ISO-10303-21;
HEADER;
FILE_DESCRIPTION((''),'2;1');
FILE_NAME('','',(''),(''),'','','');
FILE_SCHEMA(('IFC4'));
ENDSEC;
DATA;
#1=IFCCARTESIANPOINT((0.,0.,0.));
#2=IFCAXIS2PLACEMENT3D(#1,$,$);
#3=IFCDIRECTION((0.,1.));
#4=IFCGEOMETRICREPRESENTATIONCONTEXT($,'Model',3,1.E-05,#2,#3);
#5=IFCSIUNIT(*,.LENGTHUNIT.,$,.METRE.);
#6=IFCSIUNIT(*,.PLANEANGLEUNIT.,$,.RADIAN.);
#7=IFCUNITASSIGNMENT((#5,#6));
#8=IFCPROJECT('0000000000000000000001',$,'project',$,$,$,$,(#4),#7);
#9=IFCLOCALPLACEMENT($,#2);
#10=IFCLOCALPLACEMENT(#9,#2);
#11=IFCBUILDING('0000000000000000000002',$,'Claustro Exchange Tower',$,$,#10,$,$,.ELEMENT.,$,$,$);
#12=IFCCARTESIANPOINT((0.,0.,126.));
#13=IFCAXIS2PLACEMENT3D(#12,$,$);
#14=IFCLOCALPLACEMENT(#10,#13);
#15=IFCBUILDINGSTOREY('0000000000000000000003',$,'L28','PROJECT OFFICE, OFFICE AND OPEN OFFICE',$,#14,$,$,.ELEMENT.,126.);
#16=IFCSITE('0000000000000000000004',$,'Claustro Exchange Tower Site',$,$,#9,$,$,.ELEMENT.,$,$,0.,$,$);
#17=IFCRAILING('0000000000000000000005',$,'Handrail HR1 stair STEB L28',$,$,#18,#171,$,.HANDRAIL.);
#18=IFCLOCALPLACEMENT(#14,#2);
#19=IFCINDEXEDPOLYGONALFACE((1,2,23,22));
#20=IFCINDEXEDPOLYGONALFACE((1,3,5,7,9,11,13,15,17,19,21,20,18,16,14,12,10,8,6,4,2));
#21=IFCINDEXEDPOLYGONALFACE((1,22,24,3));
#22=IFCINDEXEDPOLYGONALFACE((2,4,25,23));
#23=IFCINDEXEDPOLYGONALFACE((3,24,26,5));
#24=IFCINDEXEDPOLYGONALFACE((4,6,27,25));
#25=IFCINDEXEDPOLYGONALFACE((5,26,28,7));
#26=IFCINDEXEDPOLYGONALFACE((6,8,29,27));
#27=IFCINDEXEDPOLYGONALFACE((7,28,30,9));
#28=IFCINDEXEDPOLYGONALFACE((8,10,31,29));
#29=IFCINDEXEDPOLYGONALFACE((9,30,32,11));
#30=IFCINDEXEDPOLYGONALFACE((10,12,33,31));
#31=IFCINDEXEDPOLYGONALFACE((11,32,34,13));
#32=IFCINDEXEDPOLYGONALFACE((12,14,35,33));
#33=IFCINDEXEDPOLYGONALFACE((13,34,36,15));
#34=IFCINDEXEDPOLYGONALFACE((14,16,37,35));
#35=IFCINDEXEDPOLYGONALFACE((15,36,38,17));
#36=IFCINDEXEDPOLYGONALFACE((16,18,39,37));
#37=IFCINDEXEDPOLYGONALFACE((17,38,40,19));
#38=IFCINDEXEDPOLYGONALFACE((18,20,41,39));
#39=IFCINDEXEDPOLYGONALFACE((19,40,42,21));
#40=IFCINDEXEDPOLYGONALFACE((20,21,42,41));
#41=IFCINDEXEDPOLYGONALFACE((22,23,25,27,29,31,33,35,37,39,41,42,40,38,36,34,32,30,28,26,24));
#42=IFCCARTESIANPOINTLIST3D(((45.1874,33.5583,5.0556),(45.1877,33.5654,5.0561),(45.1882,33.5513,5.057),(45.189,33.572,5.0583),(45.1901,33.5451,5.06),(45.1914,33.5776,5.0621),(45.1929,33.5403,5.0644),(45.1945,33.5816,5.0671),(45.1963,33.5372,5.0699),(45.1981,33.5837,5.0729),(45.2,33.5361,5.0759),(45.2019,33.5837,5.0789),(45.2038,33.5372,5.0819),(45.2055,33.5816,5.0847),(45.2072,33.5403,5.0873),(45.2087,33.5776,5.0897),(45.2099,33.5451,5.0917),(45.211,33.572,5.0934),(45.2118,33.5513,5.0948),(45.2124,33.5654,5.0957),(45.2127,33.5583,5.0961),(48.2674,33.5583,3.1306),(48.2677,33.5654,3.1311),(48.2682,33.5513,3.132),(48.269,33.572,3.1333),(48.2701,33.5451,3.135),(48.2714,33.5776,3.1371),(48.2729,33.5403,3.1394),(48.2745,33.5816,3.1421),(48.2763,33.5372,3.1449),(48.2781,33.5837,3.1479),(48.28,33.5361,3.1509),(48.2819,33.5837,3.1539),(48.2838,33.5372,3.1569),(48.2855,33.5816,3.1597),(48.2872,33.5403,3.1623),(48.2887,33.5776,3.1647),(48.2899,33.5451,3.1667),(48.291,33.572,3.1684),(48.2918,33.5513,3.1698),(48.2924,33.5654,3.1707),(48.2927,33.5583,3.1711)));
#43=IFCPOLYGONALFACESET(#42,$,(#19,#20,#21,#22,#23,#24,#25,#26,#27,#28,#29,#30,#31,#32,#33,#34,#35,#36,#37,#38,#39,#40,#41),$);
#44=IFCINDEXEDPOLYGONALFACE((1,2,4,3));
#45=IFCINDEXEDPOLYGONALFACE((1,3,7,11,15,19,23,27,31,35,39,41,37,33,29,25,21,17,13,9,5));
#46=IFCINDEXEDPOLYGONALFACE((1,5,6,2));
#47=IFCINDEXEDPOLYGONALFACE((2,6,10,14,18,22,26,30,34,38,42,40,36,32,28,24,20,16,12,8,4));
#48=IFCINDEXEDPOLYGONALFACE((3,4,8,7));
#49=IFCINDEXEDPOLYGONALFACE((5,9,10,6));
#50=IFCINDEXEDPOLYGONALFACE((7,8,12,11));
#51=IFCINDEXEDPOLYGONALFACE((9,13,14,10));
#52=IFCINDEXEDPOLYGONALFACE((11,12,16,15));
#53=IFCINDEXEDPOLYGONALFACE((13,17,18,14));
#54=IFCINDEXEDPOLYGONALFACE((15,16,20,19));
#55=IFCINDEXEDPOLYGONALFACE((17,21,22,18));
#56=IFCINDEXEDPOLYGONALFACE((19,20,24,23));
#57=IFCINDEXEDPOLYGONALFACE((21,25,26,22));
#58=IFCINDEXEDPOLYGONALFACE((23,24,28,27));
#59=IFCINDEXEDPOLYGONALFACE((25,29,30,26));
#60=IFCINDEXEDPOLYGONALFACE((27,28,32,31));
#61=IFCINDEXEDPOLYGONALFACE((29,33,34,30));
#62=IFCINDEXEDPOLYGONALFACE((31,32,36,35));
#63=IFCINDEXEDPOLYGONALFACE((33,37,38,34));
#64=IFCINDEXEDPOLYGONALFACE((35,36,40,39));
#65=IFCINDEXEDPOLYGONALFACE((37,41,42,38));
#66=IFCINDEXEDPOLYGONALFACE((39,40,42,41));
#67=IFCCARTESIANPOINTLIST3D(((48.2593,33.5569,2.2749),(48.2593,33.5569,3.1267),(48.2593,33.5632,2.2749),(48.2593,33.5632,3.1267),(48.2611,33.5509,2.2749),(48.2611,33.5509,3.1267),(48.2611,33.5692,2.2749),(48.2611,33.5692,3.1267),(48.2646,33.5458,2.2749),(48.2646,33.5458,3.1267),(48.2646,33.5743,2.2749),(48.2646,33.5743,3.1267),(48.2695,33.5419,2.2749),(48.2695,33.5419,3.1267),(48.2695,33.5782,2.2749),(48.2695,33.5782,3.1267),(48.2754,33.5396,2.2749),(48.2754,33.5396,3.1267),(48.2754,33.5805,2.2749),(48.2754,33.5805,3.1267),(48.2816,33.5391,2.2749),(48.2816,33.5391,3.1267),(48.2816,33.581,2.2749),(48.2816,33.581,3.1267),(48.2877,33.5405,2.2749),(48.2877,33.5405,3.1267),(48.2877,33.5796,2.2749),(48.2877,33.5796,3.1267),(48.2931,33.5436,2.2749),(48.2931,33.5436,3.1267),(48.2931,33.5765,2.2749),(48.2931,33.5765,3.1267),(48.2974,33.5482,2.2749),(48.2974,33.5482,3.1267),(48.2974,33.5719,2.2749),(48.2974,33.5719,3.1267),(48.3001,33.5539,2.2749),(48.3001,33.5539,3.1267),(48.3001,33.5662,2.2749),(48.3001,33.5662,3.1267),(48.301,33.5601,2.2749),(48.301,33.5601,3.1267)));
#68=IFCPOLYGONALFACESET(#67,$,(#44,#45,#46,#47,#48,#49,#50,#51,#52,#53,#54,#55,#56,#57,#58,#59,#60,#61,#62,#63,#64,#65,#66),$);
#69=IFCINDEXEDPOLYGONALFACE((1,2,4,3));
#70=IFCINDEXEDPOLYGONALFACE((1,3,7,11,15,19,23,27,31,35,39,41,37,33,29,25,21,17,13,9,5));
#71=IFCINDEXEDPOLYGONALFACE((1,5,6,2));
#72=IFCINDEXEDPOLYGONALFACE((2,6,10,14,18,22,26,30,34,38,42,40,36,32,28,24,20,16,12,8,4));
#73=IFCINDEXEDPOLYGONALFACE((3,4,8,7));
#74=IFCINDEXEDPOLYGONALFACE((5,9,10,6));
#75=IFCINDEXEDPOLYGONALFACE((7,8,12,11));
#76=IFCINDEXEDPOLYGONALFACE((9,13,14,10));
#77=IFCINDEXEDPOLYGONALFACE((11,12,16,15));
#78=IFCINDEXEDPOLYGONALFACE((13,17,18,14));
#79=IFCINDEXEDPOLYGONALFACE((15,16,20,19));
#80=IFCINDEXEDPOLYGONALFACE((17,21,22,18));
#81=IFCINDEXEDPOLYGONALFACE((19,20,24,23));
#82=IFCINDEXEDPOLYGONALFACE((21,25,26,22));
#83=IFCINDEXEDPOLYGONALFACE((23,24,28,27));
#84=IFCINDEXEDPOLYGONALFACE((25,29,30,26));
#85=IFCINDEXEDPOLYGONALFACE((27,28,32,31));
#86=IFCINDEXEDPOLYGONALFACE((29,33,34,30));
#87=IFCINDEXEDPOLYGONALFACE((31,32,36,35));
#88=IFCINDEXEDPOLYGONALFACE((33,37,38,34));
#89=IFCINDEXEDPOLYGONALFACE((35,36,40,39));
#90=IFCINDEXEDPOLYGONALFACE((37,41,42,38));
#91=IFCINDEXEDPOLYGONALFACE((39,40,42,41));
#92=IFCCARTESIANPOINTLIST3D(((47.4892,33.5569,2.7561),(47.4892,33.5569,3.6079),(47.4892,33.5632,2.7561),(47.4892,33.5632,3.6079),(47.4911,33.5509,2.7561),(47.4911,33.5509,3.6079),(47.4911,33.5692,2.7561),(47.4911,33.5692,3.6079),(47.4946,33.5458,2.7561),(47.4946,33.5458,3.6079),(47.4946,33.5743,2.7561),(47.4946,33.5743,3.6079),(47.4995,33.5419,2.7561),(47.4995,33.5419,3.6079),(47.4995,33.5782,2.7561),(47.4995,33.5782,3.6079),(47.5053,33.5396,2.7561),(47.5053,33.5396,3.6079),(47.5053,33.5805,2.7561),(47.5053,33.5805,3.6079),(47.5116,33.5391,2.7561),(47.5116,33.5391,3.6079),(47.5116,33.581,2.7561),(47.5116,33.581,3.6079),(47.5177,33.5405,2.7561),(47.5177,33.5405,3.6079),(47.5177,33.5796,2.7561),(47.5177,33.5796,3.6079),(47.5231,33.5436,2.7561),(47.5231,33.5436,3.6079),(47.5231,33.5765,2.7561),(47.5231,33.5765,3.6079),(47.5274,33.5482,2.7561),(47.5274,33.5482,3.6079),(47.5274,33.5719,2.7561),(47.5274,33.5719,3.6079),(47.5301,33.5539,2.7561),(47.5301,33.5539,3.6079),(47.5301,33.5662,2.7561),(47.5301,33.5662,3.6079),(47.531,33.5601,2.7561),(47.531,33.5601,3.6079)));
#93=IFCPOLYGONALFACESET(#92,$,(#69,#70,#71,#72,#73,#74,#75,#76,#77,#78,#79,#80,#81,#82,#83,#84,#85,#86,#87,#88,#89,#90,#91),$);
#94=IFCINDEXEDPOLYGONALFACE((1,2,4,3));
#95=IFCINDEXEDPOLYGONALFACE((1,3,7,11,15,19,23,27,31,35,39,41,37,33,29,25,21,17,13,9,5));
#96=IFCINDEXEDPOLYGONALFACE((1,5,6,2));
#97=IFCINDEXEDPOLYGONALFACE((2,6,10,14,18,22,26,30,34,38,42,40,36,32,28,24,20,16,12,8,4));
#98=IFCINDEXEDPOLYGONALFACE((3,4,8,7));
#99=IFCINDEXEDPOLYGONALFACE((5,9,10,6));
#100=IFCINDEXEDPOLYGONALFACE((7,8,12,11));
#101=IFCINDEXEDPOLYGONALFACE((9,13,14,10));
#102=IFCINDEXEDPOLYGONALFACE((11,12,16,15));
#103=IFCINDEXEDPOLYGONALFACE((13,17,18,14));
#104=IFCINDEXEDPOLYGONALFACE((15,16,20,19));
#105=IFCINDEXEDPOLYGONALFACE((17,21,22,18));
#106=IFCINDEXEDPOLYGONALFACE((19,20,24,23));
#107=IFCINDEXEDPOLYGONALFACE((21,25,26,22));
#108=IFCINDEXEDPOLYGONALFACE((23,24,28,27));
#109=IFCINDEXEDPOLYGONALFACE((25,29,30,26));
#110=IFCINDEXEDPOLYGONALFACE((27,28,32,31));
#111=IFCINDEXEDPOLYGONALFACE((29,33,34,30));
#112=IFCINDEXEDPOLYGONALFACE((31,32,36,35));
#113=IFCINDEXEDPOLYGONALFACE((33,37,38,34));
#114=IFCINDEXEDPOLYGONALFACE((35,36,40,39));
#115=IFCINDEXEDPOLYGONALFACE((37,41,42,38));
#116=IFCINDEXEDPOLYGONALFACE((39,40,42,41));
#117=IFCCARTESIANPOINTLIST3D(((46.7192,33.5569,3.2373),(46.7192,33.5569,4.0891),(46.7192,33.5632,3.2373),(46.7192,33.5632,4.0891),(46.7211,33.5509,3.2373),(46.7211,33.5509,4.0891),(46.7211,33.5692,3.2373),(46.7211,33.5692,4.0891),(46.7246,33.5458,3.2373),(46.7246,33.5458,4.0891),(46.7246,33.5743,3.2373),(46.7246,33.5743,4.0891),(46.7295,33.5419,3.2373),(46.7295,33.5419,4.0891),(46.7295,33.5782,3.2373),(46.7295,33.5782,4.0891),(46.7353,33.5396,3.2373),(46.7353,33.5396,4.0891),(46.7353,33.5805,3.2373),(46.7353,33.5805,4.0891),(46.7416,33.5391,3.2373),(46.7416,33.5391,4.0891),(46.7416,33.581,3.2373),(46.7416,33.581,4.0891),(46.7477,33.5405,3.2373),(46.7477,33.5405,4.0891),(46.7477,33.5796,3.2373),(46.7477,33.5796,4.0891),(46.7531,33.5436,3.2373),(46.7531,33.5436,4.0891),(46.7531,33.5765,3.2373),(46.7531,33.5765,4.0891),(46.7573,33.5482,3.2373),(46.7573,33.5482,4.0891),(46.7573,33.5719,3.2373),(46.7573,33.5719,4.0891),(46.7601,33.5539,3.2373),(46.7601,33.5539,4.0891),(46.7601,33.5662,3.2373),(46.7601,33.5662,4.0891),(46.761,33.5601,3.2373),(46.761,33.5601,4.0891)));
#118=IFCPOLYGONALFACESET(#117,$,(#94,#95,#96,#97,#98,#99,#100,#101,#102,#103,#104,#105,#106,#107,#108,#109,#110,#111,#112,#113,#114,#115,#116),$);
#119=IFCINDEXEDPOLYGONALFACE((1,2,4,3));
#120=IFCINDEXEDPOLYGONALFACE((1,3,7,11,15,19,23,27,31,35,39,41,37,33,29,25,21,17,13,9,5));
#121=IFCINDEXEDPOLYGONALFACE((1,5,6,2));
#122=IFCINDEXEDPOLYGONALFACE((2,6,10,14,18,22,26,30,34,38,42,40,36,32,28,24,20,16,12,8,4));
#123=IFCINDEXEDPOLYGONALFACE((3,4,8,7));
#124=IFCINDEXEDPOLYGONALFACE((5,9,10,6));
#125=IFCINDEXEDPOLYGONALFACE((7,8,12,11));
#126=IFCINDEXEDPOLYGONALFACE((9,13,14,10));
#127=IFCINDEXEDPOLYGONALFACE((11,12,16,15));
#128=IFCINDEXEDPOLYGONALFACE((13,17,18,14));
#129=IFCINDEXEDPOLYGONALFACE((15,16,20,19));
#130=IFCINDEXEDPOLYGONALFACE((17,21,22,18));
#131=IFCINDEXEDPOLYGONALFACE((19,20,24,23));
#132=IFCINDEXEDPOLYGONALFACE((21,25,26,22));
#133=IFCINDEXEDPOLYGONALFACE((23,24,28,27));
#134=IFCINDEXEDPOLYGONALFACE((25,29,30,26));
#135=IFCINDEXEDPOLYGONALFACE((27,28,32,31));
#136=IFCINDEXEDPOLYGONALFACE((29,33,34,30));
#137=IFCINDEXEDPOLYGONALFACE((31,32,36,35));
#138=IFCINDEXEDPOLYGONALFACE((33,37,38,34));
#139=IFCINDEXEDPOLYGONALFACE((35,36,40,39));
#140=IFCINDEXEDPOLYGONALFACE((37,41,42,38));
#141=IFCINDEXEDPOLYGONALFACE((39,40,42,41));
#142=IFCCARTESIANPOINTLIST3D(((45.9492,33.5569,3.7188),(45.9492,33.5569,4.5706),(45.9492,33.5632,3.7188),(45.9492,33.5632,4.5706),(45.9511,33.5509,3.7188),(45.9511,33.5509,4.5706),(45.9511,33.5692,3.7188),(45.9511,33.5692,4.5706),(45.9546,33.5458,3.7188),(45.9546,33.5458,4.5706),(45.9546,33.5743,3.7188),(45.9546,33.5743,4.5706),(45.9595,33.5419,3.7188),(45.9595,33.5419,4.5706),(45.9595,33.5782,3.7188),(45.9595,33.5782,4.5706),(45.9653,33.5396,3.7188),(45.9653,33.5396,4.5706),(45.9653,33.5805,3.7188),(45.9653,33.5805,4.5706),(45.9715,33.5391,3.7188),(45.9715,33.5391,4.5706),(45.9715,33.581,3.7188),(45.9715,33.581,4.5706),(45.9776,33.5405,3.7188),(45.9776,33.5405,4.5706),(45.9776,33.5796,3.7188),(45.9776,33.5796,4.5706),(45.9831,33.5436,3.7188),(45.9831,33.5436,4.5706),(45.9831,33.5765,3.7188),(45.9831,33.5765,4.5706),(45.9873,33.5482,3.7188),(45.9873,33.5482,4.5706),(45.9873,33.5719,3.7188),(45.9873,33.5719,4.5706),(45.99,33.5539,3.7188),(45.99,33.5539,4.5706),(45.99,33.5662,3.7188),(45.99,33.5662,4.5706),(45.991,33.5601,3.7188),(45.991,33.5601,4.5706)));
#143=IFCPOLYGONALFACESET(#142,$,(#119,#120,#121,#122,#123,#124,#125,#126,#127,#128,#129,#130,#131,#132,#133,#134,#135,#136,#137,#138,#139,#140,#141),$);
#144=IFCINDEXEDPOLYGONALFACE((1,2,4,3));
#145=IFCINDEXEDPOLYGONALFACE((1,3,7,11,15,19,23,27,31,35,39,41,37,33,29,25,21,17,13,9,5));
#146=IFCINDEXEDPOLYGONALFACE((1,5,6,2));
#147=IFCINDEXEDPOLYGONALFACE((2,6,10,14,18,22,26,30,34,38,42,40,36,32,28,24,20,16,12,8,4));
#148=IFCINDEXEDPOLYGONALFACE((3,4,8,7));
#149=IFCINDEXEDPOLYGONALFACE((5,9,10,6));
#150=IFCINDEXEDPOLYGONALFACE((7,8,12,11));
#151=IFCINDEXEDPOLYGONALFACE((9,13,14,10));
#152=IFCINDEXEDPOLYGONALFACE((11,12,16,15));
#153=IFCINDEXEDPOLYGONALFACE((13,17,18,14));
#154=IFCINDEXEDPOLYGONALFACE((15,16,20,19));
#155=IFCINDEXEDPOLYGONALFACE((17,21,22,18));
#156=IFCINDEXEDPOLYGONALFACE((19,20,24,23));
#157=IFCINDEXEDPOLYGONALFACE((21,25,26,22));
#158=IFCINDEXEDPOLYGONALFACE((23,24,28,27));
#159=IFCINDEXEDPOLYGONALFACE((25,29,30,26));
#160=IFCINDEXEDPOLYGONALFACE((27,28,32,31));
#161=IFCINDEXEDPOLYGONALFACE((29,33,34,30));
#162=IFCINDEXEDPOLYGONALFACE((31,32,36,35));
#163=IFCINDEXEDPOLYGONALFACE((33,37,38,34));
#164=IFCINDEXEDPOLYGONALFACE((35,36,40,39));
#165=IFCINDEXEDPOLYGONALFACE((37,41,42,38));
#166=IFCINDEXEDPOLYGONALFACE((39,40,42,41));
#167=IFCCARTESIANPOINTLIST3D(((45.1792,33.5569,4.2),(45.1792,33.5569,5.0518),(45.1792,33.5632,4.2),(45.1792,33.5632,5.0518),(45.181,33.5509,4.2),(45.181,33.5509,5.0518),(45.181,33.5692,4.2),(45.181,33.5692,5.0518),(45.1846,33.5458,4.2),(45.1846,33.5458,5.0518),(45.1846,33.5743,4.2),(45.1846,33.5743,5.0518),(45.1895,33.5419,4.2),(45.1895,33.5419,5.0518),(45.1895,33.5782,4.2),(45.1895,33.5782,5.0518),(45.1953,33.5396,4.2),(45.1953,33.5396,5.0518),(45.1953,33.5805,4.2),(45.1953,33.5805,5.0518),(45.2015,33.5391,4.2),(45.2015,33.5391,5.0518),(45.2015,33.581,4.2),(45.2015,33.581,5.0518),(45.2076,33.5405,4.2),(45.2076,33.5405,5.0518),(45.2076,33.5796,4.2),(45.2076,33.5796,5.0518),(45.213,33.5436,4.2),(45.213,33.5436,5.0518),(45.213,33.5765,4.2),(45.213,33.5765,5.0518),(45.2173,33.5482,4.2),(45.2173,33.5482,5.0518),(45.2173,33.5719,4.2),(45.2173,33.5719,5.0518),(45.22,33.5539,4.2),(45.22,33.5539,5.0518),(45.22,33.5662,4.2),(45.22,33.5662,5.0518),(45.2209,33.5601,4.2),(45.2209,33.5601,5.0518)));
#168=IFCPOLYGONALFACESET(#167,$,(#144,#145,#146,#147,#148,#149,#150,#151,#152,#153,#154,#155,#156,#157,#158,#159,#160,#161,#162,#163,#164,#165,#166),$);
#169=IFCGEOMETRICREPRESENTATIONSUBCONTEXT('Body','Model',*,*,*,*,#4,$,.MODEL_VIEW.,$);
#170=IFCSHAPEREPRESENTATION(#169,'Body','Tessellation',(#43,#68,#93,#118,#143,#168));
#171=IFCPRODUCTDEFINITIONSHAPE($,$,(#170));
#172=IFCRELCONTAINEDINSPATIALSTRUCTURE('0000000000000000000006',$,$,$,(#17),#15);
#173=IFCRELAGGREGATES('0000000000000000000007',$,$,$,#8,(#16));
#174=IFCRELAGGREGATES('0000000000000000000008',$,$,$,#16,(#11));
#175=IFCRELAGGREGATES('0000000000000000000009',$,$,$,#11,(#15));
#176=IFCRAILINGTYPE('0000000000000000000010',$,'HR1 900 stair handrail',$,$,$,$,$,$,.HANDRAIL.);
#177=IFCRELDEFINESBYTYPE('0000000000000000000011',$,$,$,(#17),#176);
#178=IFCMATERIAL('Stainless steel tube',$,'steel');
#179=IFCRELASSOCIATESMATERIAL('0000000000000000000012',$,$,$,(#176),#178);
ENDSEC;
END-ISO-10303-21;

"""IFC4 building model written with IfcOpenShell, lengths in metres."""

from ifc_helpers import new_model, si_unit, direction, frame, origin, origin_2d, place, context, subcontext, project, spatial, circle, extrude, material, type_object, element, save


model = new_model("IFC4")

# Units and contexts
model_context = context("Model", 3, precision=1e-05, world=origin(), true_north=direction((0.0, 1.0)))
body_context = subcontext(model_context, "Body", "Model", "MODEL_VIEW")
ifc_project = project(units=[si_unit("LENGTHUNIT", "METRE"), si_unit("PLANEANGLEUNIT", "RADIAN")], contexts=[model_context])

# Site, building, storey
site_placement = place(None, origin())
site = spatial("IfcSite", under=ifc_project, at=site_placement, Name="Claustro Exchange Tower Site", CompositionType="ELEMENT", RefElevation=0.0)
building_placement = place(site_placement, origin())
building = spatial("IfcBuilding", under=site, at=building_placement, Name="Claustro Exchange Tower", CompositionType="ELEMENT")
storey_placement = place(building_placement, frame((0.0, 0.0, 126.0)))
storey = spatial("IfcBuildingStorey", under=building, at=storey_placement, Name="L28", Description="PROJECT OFFICE, OFFICE AND OPEN OFFICE", CompositionType="ELEMENT", Elevation=126.0)

# Railing
ifc_material_1 = material(Name="Stainless steel tube", Category="steel")
railing_type_1 = type_object("IfcRailingType", Name="HR1 900 stair handrail", PredefinedType="HANDRAIL", material=ifc_material_1)
railing_1_placement = place(storey_placement, frame((48.28, 33.5601, 2.2749)))
element("IfcRailing", 1, at=railing_1_placement, inside=storey, type_object=railing_type_1, Name="Handrail HR1 stair STEB L28", PredefinedType="HANDRAIL", context=body_context, shape_type="SweptSolid", body=[
    extrude(circle(Radius=0.0239, at=origin_2d()), frame((0.0, 0.0, 0.876), z_axis=(-0.847998, 0.0, 0.529999), x_axis=(0.0, -1.0, 0.0)), (0.0, 0.0, 1.0), 3.6321),
    extrude(circle(Radius=0.021, at=origin_2d()), origin(), (0.0, 0.0, 1.0), 0.8518),
    extrude(circle(Radius=0.021, at=origin_2d()), frame((-0.77, 0.0, 0.4812)), (0.0, 0.0, 1.0), 0.8518),
    extrude(circle(Radius=0.021, at=origin_2d()), frame((-1.54, 0.0, 0.9624)), (0.0, 0.0, 1.0), 0.8518),
    extrude(circle(Radius=0.021, at=origin_2d()), frame((-2.3101, 0.0, 1.4438)), (0.0, 0.0, 1.0), 0.8518),
    extrude(circle(Radius=0.021, at=origin_2d()), frame((-3.0801, 0.0, 1.925)), (0.0, 0.0, 1.0), 0.8518),
])

save(model, "model.ifc")
